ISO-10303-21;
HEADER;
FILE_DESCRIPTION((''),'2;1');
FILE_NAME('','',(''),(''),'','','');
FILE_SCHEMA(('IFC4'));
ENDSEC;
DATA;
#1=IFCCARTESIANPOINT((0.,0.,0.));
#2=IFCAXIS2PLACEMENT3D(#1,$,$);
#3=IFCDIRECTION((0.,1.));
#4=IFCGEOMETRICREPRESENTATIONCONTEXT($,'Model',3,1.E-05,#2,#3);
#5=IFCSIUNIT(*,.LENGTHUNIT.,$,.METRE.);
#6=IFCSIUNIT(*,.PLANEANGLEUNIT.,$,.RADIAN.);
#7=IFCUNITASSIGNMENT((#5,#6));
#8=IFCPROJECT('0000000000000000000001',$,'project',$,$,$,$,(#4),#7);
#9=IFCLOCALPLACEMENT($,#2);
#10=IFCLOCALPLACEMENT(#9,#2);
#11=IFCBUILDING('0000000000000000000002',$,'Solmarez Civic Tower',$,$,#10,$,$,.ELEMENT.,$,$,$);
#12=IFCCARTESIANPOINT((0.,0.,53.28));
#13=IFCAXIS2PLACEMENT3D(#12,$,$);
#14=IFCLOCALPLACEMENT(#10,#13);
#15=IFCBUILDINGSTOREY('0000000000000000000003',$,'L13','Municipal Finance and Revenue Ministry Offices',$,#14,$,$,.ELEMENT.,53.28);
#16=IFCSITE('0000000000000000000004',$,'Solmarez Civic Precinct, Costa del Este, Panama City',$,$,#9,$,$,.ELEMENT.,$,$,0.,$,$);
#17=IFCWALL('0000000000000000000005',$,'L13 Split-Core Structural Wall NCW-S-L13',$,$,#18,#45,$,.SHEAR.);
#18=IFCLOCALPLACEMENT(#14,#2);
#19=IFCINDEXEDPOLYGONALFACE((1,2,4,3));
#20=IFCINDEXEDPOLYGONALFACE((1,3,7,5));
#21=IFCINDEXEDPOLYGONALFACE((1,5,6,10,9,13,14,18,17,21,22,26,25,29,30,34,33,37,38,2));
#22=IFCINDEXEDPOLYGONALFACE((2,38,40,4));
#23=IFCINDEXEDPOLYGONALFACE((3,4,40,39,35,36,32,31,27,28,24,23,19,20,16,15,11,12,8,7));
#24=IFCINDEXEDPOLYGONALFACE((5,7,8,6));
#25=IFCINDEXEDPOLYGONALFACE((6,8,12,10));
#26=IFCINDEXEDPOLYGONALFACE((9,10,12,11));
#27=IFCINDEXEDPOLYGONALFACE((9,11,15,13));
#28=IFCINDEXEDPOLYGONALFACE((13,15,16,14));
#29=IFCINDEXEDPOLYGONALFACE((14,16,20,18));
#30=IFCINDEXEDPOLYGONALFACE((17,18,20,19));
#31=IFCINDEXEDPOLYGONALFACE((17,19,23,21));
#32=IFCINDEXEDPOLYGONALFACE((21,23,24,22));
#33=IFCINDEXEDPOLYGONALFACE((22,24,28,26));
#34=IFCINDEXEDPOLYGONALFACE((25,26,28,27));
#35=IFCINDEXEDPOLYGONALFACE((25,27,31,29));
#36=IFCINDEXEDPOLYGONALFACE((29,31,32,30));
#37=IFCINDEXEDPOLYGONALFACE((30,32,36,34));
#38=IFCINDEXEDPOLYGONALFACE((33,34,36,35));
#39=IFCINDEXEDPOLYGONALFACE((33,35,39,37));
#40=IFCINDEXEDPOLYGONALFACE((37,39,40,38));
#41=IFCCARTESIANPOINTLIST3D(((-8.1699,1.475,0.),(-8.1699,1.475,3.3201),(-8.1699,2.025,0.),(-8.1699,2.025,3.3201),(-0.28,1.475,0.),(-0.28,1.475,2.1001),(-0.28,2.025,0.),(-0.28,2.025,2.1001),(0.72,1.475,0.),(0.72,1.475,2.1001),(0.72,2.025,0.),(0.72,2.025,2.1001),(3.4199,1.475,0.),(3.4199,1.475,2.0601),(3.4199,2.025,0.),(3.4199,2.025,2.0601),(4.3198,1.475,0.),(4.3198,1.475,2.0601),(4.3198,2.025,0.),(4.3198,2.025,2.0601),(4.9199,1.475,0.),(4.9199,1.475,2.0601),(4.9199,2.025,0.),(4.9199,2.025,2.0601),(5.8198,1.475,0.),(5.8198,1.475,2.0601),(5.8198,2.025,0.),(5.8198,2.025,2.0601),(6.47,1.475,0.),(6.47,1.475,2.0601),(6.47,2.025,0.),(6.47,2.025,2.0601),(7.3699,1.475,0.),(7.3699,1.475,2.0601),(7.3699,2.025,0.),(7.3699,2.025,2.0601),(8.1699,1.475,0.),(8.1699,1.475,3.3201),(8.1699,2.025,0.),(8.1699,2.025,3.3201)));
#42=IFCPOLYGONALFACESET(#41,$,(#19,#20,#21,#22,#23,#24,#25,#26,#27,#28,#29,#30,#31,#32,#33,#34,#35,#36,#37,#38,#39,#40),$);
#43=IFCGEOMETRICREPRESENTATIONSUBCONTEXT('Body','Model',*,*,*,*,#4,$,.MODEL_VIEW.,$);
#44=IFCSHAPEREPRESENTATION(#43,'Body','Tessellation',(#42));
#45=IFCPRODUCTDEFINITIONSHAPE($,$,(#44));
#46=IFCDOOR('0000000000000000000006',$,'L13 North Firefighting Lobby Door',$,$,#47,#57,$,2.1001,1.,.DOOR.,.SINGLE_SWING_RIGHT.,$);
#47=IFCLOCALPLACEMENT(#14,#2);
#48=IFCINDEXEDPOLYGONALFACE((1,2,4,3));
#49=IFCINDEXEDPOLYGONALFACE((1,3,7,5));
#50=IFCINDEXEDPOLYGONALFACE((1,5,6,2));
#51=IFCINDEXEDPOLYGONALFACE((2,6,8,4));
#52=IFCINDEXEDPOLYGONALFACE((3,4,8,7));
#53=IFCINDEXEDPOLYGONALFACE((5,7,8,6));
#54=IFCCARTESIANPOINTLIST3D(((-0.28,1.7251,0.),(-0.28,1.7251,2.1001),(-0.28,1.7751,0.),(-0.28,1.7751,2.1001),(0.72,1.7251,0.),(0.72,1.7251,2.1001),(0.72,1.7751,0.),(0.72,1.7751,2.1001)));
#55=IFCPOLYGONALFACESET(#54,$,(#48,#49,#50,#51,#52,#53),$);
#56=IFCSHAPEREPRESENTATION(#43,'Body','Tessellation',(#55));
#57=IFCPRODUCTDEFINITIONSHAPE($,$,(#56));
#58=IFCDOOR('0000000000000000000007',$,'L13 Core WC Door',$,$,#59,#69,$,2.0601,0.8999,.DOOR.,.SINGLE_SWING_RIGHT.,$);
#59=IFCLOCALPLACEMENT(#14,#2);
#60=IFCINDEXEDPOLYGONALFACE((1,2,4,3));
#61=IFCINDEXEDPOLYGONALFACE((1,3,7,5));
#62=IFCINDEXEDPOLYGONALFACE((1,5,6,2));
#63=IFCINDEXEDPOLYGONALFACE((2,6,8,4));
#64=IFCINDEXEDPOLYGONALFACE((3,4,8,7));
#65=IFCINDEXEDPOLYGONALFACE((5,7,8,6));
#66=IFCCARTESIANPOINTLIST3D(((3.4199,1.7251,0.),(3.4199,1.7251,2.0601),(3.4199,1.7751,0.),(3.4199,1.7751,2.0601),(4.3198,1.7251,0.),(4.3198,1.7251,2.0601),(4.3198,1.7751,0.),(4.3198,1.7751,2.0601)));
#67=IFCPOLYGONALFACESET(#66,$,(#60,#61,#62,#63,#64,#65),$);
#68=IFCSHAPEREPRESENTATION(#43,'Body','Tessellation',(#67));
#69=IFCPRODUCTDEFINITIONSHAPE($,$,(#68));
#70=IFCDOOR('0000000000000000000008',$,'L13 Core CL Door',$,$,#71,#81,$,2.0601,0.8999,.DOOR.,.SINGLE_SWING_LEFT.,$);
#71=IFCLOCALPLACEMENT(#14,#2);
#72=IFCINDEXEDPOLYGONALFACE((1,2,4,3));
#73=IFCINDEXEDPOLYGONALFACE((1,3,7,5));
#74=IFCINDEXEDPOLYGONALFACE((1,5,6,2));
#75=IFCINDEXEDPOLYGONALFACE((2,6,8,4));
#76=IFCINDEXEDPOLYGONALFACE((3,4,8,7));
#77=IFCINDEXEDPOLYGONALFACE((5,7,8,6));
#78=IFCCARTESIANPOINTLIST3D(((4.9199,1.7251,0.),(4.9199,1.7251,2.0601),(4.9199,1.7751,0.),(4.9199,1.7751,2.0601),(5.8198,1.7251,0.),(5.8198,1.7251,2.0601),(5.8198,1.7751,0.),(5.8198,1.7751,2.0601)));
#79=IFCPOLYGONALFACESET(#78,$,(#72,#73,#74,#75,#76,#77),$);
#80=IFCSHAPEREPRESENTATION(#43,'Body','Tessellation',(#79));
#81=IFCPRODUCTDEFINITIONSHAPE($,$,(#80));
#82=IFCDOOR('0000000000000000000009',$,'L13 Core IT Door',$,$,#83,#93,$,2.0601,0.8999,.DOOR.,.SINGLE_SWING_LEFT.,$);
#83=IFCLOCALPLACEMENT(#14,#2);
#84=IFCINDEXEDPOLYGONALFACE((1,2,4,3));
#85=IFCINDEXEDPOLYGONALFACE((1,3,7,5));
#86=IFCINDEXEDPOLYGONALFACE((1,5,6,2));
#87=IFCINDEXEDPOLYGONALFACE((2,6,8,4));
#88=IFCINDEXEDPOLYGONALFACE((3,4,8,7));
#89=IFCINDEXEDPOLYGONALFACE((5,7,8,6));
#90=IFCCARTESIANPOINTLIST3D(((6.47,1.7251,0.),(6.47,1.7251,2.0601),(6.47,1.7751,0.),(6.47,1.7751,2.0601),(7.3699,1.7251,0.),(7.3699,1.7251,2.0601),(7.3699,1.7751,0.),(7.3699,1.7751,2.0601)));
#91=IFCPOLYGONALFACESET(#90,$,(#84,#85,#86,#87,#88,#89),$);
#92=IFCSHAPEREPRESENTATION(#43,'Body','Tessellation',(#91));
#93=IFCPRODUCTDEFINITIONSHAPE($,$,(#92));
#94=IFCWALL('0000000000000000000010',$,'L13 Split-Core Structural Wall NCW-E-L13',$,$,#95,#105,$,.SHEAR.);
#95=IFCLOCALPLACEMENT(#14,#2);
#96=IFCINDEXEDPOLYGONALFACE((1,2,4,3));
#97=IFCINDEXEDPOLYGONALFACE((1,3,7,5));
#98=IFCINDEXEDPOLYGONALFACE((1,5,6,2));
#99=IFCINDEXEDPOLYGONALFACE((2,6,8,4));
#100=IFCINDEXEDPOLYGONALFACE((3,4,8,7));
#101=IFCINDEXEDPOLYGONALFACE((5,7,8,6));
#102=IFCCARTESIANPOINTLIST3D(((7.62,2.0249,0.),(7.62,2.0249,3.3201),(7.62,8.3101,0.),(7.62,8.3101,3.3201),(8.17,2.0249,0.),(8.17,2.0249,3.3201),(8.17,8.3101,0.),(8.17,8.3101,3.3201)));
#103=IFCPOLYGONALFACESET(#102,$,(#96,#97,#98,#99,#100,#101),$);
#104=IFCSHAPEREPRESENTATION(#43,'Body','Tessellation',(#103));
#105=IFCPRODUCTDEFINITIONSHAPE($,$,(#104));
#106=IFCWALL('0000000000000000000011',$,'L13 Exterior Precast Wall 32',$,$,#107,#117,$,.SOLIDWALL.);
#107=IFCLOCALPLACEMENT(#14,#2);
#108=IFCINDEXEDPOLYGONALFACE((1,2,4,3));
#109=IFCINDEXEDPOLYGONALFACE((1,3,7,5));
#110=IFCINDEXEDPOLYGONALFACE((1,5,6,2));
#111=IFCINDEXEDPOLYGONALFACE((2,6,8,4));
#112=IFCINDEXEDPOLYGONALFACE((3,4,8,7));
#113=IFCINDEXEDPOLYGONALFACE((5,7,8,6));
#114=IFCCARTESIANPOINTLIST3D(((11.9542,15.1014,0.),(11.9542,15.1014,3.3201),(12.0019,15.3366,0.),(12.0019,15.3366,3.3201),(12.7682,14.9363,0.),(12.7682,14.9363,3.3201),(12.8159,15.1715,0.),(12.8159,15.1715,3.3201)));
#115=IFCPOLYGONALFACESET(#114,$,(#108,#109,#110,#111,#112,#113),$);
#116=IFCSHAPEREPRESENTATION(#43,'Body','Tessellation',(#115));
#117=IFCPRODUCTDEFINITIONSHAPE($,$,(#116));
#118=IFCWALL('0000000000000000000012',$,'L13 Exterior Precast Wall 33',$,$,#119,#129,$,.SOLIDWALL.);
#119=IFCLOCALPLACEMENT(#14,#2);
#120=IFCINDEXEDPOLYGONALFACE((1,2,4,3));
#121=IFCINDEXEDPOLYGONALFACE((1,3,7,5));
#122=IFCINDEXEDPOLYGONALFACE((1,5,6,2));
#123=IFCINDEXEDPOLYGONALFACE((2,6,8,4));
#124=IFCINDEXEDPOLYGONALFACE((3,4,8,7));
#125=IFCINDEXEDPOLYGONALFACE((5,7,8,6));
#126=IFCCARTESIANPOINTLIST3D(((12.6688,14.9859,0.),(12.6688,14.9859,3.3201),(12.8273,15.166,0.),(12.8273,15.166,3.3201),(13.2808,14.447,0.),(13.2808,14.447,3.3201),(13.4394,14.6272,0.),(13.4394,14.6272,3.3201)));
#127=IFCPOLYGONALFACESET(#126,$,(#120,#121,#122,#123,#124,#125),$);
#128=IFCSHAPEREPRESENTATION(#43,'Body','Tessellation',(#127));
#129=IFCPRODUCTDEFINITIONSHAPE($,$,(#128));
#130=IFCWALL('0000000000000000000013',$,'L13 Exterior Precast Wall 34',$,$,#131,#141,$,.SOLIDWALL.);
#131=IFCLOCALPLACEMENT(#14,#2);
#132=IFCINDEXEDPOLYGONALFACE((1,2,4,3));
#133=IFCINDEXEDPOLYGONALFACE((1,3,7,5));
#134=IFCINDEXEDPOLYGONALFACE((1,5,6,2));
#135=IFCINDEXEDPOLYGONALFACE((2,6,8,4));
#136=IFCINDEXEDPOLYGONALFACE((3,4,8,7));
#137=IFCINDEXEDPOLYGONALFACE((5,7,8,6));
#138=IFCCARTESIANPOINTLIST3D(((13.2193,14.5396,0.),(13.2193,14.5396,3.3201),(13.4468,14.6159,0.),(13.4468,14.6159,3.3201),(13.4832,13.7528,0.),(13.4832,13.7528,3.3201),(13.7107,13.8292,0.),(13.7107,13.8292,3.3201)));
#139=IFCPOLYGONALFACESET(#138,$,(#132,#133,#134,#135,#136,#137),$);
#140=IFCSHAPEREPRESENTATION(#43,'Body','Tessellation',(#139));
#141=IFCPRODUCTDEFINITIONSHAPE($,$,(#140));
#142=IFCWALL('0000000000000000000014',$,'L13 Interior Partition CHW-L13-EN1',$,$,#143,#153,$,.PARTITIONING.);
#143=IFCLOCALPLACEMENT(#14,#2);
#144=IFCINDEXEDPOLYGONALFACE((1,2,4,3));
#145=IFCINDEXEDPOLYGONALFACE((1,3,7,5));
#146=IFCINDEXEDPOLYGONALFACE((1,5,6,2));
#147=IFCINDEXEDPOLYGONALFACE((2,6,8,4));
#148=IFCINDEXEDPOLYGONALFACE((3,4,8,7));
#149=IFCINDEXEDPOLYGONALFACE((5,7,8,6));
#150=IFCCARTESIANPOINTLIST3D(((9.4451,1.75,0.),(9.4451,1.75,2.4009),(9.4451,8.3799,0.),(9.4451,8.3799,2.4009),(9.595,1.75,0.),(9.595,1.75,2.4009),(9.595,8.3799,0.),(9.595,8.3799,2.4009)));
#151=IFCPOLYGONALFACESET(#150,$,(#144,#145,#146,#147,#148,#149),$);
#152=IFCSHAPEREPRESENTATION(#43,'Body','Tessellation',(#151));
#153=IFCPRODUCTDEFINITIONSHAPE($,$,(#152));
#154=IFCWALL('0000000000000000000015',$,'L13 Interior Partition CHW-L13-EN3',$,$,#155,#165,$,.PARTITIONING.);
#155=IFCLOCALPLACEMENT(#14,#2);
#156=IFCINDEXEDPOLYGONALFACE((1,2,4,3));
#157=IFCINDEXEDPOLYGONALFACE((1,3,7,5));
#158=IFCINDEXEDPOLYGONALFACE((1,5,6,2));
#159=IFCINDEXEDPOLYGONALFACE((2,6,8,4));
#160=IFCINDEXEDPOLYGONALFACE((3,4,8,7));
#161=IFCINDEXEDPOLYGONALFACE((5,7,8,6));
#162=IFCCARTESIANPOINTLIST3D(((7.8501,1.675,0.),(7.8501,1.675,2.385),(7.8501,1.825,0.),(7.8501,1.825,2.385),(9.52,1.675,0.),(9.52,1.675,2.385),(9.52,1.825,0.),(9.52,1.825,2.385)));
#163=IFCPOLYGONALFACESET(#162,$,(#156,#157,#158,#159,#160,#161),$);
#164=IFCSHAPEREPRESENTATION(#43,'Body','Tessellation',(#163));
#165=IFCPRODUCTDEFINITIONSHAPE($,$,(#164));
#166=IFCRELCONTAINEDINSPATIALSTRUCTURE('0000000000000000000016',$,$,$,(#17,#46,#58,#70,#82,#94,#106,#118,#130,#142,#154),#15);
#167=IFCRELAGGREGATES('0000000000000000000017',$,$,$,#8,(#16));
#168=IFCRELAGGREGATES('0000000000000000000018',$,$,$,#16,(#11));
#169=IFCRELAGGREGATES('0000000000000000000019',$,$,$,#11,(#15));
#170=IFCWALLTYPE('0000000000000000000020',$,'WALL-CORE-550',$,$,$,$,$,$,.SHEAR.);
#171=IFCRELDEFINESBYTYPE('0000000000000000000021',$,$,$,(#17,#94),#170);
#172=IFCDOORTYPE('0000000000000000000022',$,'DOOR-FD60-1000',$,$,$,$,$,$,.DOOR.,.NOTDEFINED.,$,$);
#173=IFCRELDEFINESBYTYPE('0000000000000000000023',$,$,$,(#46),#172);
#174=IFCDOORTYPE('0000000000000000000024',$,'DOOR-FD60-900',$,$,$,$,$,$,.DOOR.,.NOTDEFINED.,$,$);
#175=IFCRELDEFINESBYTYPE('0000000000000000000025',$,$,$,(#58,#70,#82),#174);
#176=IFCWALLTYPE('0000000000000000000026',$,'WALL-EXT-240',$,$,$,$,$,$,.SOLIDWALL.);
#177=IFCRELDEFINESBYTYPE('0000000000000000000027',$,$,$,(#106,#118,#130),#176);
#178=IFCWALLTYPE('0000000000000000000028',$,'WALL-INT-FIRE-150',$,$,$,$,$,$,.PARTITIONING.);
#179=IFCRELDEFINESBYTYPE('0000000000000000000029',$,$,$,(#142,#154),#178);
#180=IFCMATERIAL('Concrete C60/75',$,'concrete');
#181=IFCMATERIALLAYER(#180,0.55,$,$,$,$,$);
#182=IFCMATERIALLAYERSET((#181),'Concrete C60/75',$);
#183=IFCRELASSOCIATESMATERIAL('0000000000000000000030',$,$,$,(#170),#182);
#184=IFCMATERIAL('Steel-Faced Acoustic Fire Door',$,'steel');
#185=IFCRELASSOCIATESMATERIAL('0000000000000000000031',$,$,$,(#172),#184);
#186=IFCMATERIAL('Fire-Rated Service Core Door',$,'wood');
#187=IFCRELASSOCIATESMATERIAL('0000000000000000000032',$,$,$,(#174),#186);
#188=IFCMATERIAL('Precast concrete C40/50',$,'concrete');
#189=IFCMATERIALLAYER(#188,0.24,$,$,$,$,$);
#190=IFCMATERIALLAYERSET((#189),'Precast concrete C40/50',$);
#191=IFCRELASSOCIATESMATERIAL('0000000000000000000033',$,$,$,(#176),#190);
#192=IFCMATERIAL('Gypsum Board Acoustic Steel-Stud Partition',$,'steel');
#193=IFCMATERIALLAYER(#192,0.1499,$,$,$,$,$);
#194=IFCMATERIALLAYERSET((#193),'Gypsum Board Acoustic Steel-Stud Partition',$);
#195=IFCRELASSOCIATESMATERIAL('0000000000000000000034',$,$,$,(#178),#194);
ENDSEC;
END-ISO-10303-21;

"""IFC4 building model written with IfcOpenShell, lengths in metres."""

from ifc_helpers import new_model, si_unit, direction, frame, frame_2d, origin, place, context, subcontext, project, spatial, rectangle, extrude, material, layer, layer_set, type_object, element, fill, save


model = new_model("IFC4")

# Units and contexts
model_context = context("Model", 3, precision=1e-05, world=origin(), true_north=direction((0.0, 1.0)))
body_context = subcontext(model_context, "Body", "Model", "MODEL_VIEW")
ifc_project = project(units=[si_unit("LENGTHUNIT", "METRE"), si_unit("PLANEANGLEUNIT", "RADIAN")], contexts=[model_context])

# Site, building, storey
site_placement = place(None, origin())
site = spatial("IfcSite", under=ifc_project, at=site_placement, Name="Solmarez Civic Precinct, Costa del Este, Panama City", CompositionType="ELEMENT", RefElevation=0.0)
building_placement = place(site_placement, origin())
building = spatial("IfcBuilding", under=site, at=building_placement, Name="Solmarez Civic Tower", CompositionType="ELEMENT")
storey_placement = place(building_placement, frame((0.0, 0.0, 53.28)))
storey = spatial("IfcBuildingStorey", under=building, at=storey_placement, Name="L13", Description="Municipal Finance and Revenue Ministry Offices", CompositionType="ELEMENT", Elevation=53.28)

# Shared definitions
ifc_material_1 = material(Name="Concrete C60/75", Category="concrete")

# Wall, openings, doors
ifc_layer_1 = layer(ifc_material_1, 0.55)
ifc_layer_set_1 = layer_set([ifc_layer_1], Name="Concrete C60/75")
wall_type_1 = type_object("IfcWallType", Name="WALL-CORE-550", PredefinedType="SHEAR", material=ifc_layer_set_1)
wall_1_placement = place(storey_placement, frame((8.1699, 1.75, 0.0), z_axis=(0.0, 0.0, 1.0), x_axis=(-1.0, 0.0, 0.0)))
wall_1 = element("IfcWall", 1, at=wall_1_placement, inside=storey, type_object=wall_type_1, Name="L13 Split-Core Structural Wall NCW-S-L13", PredefinedType="SHEAR", context=body_context, shape_type="SweptSolid", body=[
    extrude(rectangle(XDim=16.3398, YDim=0.55, at=frame_2d((8.1699, 0.0))), origin(), (0.0, 0.0, 1.0), 3.3201),
])
opening_1_placement = place(wall_1_placement, frame((7.45, 0.0, 0.0)))
opening_1 = element("IfcOpeningElement", 2, at=opening_1_placement, cuts=wall_1, PredefinedType="OPENING", context=body_context, shape_type="SweptSolid", body=[
    extrude(rectangle(XDim=1.0, YDim=2.1001, at=frame_2d((0.5, 1.05))), frame((0.0, 0.2849, 0.0), z_axis=(0.0, -1.0, 0.0), x_axis=(1.0, 0.0, 0.0)), (0.0, 0.0, 1.0), 0.5701),
])
opening_2_placement = place(wall_1_placement, frame((3.8501, 0.0, 0.0)))
opening_2 = element("IfcOpeningElement", 3, at=opening_2_placement, cuts=wall_1, PredefinedType="OPENING", context=body_context, shape_type="SweptSolid", body=[
    extrude(rectangle(XDim=0.8999, YDim=2.0601, at=frame_2d((0.45, 1.03))), frame((0.0, 0.2849, 0.0), z_axis=(0.0, -1.0, 0.0), x_axis=(1.0, 0.0, 0.0)), (0.0, 0.0, 1.0), 0.5701),
])
opening_3_placement = place(wall_1_placement, frame((2.3501, 0.0, 0.0)))
opening_3 = element("IfcOpeningElement", 4, at=opening_3_placement, cuts=wall_1, PredefinedType="OPENING", context=body_context, shape_type="SweptSolid", body=[
    extrude(rectangle(XDim=0.8999, YDim=2.0601, at=frame_2d((0.45, 1.03))), frame((0.0, 0.2849, 0.0), z_axis=(0.0, -1.0, 0.0), x_axis=(1.0, 0.0, 0.0)), (0.0, 0.0, 1.0), 0.5701),
])
opening_4_placement = place(wall_1_placement, frame((0.8, 0.0, 0.0)))
opening_4 = element("IfcOpeningElement", 5, at=opening_4_placement, cuts=wall_1, PredefinedType="OPENING", context=body_context, shape_type="SweptSolid", body=[
    extrude(rectangle(XDim=0.8999, YDim=2.0601, at=frame_2d((0.45, 1.03))), frame((0.0, 0.2849, 0.0), z_axis=(0.0, -1.0, 0.0), x_axis=(1.0, 0.0, 0.0)), (0.0, 0.0, 1.0), 0.5701),
])
ifc_material_2 = material(Name="Steel-Faced Acoustic Fire Door", Category="steel")
door_type_1 = type_object("IfcDoorType", Name="DOOR-FD60-1000", OperationType="NOTDEFINED", PredefinedType="DOOR", material=ifc_material_2)
door_1_placement = place(opening_1_placement, origin())
door_1 = element("IfcDoor", 6, at=door_1_placement, inside=storey, type_object=door_type_1, Name="L13 North Firefighting Lobby Door", OperationType="SINGLE_SWING_RIGHT", OverallHeight=2.1001, OverallWidth=1.0, PredefinedType="DOOR", context=body_context, shape_type="SweptSolid", body=[
    extrude(rectangle(XDim=1.0, YDim=2.1001, at=frame_2d((0.5, 1.05))), frame((0.0, 0.0249, 0.0), z_axis=(0.0, -1.0, 0.0), x_axis=(1.0, 0.0, 0.0)), (0.0, 0.0, 1.0), 0.05),
])
fill(opening_1, door_1)
ifc_material_3 = material(Name="Fire-Rated Service Core Door", Category="wood")
door_type_2 = type_object("IfcDoorType", Name="DOOR-FD60-900", OperationType="NOTDEFINED", PredefinedType="DOOR", material=ifc_material_3)
door_2_placement = place(opening_2_placement, origin())
door_2 = element("IfcDoor", 7, at=door_2_placement, inside=storey, type_object=door_type_2, Name="L13 Core WC Door", OperationType="SINGLE_SWING_RIGHT", OverallHeight=2.0601, OverallWidth=0.8999, PredefinedType="DOOR", context=body_context, shape_type="SweptSolid", body=[
    extrude(rectangle(XDim=0.8999, YDim=2.0601, at=frame_2d((0.45, 1.03))), frame((0.0, 0.0249, 0.0), z_axis=(0.0, -1.0, 0.0), x_axis=(1.0, 0.0, 0.0)), (0.0, 0.0, 1.0), 0.05),
])
fill(opening_2, door_2)
door_3_placement = place(opening_3_placement, origin())
door_3 = element("IfcDoor", 8, at=door_3_placement, inside=storey, type_object=door_type_2, Name="L13 Core CL Door", OperationType="SINGLE_SWING_LEFT", OverallHeight=2.0601, OverallWidth=0.8999, PredefinedType="DOOR", context=body_context, shape_type="SweptSolid", body=[
    extrude(rectangle(XDim=0.8999, YDim=2.0601, at=frame_2d((0.45, 1.03))), frame((0.0, 0.0249, 0.0), z_axis=(0.0, -1.0, 0.0), x_axis=(1.0, 0.0, 0.0)), (0.0, 0.0, 1.0), 0.05),
])
fill(opening_3, door_3)
door_4_placement = place(opening_4_placement, origin())
door_4 = element("IfcDoor", 9, at=door_4_placement, inside=storey, type_object=door_type_2, Name="L13 Core IT Door", OperationType="SINGLE_SWING_LEFT", OverallHeight=2.0601, OverallWidth=0.8999, PredefinedType="DOOR", context=body_context, shape_type="SweptSolid", body=[
    extrude(rectangle(XDim=0.8999, YDim=2.0601, at=frame_2d((0.45, 1.03))), frame((0.0, 0.0249, 0.0), z_axis=(0.0, -1.0, 0.0), x_axis=(1.0, 0.0, 0.0)), (0.0, 0.0, 1.0), 0.05),
])
fill(opening_4, door_4)

# Walls
wall_2_placement = place(storey_placement, frame((7.895, 8.3101, 0.0), z_axis=(0.0, 0.0, 1.0), x_axis=(0.0, -1.0, 0.0)))
element("IfcWall", 10, at=wall_2_placement, inside=storey, type_object=wall_type_1, Name="L13 Split-Core Structural Wall NCW-E-L13", PredefinedType="SHEAR", context=body_context, shape_type="SweptSolid", body=[
    extrude(rectangle(XDim=6.2852, YDim=0.55, at=frame_2d((3.1426, 0.0))), origin(), (0.0, 0.0, 1.0), 3.3201),
])
ifc_material_4 = material(Name="Precast concrete C40/50", Category="concrete")
ifc_layer_2 = layer(ifc_material_4, 0.24)
ifc_layer_set_2 = layer_set([ifc_layer_2], Name="Precast concrete C40/50")
wall_type_2 = type_object("IfcWallType", Name="WALL-EXT-240", PredefinedType="SOLIDWALL", material=ifc_layer_set_2)
wall_3_placement = place(storey_placement, frame((11.978, 15.219, 0.0), z_axis=(0.0, 0.0, 1.0), x_axis=(0.980057, -0.198716, 0.0)))
element("IfcWall", 11, at=wall_3_placement, inside=storey, type_object=wall_type_2, Name="L13 Exterior Precast Wall 32", PredefinedType="SOLIDWALL", context=body_context, shape_type="SweptSolid", body=[
    extrude(rectangle(XDim=0.8306, YDim=0.24, at=frame_2d((0.4153, 0.0))), origin(), (0.0, 0.0, 1.0), 3.3201),
])
wall_4_placement = place(storey_placement, frame((12.748, 15.0759, 0.0), z_axis=(0.0, 0.0, 1.0), x_axis=(0.750589, -0.66077, 0.0)))
element("IfcWall", 12, at=wall_4_placement, inside=storey, type_object=wall_type_2, Name="L13 Exterior Precast Wall 33", PredefinedType="SOLIDWALL", context=body_context, shape_type="SweptSolid", body=[
    extrude(rectangle(XDim=0.8154, YDim=0.24, at=frame_2d((0.4077, 0.0))), origin(), (0.0, 0.0, 1.0), 3.3201),
])
wall_5_placement = place(storey_placement, frame((13.333, 14.5779, 0.0), z_axis=(0.0, 0.0, 1.0), x_axis=(0.317992, -0.948093, 0.0)))
element("IfcWall", 13, at=wall_5_placement, inside=storey, type_object=wall_type_2, Name="L13 Exterior Precast Wall 34", PredefinedType="SOLIDWALL", context=body_context, shape_type="SweptSolid", body=[
    extrude(rectangle(XDim=0.8298, YDim=0.24, at=frame_2d((0.415, 0.0))), origin(), (0.0, 0.0, 1.0), 3.3201),
])
ifc_material_5 = material(Name="Gypsum Board Acoustic Steel-Stud Partition", Category="steel")
ifc_layer_3 = layer(ifc_material_5, 0.1499)
ifc_layer_set_3 = layer_set([ifc_layer_3], Name="Gypsum Board Acoustic Steel-Stud Partition")
wall_type_3 = type_object("IfcWallType", Name="WALL-INT-FIRE-150", PredefinedType="PARTITIONING", material=ifc_layer_set_3)
wall_6_placement = place(storey_placement, frame((9.52, 1.75, 0.0), z_axis=(0.0, 0.0, 1.0), x_axis=(0.0, 1.0, 0.0)))
element("IfcWall", 14, at=wall_6_placement, inside=storey, type_object=wall_type_3, Name="L13 Interior Partition CHW-L13-EN1", PredefinedType="PARTITIONING", context=body_context, shape_type="SweptSolid", body=[
    extrude(rectangle(XDim=6.6299, YDim=0.1499, at=frame_2d((3.3149, 0.0))), origin(), (0.0, 0.0, 1.0), 2.4009),
])
wall_7_placement = place(storey_placement, frame((7.8501, 1.75, 0.0), z_axis=(0.0, 0.0, 1.0), x_axis=(1.0, 0.0, 0.0)))
element("IfcWall", 15, at=wall_7_placement, inside=storey, type_object=wall_type_3, Name="L13 Interior Partition CHW-L13-EN3", PredefinedType="PARTITIONING", context=body_context, shape_type="SweptSolid", body=[
    extrude(rectangle(XDim=1.6699, YDim=0.1499, at=frame_2d((0.835, 0.0))), origin(), (0.0, 0.0, 1.0), 2.385),
])

save(model, "model.ifc")
